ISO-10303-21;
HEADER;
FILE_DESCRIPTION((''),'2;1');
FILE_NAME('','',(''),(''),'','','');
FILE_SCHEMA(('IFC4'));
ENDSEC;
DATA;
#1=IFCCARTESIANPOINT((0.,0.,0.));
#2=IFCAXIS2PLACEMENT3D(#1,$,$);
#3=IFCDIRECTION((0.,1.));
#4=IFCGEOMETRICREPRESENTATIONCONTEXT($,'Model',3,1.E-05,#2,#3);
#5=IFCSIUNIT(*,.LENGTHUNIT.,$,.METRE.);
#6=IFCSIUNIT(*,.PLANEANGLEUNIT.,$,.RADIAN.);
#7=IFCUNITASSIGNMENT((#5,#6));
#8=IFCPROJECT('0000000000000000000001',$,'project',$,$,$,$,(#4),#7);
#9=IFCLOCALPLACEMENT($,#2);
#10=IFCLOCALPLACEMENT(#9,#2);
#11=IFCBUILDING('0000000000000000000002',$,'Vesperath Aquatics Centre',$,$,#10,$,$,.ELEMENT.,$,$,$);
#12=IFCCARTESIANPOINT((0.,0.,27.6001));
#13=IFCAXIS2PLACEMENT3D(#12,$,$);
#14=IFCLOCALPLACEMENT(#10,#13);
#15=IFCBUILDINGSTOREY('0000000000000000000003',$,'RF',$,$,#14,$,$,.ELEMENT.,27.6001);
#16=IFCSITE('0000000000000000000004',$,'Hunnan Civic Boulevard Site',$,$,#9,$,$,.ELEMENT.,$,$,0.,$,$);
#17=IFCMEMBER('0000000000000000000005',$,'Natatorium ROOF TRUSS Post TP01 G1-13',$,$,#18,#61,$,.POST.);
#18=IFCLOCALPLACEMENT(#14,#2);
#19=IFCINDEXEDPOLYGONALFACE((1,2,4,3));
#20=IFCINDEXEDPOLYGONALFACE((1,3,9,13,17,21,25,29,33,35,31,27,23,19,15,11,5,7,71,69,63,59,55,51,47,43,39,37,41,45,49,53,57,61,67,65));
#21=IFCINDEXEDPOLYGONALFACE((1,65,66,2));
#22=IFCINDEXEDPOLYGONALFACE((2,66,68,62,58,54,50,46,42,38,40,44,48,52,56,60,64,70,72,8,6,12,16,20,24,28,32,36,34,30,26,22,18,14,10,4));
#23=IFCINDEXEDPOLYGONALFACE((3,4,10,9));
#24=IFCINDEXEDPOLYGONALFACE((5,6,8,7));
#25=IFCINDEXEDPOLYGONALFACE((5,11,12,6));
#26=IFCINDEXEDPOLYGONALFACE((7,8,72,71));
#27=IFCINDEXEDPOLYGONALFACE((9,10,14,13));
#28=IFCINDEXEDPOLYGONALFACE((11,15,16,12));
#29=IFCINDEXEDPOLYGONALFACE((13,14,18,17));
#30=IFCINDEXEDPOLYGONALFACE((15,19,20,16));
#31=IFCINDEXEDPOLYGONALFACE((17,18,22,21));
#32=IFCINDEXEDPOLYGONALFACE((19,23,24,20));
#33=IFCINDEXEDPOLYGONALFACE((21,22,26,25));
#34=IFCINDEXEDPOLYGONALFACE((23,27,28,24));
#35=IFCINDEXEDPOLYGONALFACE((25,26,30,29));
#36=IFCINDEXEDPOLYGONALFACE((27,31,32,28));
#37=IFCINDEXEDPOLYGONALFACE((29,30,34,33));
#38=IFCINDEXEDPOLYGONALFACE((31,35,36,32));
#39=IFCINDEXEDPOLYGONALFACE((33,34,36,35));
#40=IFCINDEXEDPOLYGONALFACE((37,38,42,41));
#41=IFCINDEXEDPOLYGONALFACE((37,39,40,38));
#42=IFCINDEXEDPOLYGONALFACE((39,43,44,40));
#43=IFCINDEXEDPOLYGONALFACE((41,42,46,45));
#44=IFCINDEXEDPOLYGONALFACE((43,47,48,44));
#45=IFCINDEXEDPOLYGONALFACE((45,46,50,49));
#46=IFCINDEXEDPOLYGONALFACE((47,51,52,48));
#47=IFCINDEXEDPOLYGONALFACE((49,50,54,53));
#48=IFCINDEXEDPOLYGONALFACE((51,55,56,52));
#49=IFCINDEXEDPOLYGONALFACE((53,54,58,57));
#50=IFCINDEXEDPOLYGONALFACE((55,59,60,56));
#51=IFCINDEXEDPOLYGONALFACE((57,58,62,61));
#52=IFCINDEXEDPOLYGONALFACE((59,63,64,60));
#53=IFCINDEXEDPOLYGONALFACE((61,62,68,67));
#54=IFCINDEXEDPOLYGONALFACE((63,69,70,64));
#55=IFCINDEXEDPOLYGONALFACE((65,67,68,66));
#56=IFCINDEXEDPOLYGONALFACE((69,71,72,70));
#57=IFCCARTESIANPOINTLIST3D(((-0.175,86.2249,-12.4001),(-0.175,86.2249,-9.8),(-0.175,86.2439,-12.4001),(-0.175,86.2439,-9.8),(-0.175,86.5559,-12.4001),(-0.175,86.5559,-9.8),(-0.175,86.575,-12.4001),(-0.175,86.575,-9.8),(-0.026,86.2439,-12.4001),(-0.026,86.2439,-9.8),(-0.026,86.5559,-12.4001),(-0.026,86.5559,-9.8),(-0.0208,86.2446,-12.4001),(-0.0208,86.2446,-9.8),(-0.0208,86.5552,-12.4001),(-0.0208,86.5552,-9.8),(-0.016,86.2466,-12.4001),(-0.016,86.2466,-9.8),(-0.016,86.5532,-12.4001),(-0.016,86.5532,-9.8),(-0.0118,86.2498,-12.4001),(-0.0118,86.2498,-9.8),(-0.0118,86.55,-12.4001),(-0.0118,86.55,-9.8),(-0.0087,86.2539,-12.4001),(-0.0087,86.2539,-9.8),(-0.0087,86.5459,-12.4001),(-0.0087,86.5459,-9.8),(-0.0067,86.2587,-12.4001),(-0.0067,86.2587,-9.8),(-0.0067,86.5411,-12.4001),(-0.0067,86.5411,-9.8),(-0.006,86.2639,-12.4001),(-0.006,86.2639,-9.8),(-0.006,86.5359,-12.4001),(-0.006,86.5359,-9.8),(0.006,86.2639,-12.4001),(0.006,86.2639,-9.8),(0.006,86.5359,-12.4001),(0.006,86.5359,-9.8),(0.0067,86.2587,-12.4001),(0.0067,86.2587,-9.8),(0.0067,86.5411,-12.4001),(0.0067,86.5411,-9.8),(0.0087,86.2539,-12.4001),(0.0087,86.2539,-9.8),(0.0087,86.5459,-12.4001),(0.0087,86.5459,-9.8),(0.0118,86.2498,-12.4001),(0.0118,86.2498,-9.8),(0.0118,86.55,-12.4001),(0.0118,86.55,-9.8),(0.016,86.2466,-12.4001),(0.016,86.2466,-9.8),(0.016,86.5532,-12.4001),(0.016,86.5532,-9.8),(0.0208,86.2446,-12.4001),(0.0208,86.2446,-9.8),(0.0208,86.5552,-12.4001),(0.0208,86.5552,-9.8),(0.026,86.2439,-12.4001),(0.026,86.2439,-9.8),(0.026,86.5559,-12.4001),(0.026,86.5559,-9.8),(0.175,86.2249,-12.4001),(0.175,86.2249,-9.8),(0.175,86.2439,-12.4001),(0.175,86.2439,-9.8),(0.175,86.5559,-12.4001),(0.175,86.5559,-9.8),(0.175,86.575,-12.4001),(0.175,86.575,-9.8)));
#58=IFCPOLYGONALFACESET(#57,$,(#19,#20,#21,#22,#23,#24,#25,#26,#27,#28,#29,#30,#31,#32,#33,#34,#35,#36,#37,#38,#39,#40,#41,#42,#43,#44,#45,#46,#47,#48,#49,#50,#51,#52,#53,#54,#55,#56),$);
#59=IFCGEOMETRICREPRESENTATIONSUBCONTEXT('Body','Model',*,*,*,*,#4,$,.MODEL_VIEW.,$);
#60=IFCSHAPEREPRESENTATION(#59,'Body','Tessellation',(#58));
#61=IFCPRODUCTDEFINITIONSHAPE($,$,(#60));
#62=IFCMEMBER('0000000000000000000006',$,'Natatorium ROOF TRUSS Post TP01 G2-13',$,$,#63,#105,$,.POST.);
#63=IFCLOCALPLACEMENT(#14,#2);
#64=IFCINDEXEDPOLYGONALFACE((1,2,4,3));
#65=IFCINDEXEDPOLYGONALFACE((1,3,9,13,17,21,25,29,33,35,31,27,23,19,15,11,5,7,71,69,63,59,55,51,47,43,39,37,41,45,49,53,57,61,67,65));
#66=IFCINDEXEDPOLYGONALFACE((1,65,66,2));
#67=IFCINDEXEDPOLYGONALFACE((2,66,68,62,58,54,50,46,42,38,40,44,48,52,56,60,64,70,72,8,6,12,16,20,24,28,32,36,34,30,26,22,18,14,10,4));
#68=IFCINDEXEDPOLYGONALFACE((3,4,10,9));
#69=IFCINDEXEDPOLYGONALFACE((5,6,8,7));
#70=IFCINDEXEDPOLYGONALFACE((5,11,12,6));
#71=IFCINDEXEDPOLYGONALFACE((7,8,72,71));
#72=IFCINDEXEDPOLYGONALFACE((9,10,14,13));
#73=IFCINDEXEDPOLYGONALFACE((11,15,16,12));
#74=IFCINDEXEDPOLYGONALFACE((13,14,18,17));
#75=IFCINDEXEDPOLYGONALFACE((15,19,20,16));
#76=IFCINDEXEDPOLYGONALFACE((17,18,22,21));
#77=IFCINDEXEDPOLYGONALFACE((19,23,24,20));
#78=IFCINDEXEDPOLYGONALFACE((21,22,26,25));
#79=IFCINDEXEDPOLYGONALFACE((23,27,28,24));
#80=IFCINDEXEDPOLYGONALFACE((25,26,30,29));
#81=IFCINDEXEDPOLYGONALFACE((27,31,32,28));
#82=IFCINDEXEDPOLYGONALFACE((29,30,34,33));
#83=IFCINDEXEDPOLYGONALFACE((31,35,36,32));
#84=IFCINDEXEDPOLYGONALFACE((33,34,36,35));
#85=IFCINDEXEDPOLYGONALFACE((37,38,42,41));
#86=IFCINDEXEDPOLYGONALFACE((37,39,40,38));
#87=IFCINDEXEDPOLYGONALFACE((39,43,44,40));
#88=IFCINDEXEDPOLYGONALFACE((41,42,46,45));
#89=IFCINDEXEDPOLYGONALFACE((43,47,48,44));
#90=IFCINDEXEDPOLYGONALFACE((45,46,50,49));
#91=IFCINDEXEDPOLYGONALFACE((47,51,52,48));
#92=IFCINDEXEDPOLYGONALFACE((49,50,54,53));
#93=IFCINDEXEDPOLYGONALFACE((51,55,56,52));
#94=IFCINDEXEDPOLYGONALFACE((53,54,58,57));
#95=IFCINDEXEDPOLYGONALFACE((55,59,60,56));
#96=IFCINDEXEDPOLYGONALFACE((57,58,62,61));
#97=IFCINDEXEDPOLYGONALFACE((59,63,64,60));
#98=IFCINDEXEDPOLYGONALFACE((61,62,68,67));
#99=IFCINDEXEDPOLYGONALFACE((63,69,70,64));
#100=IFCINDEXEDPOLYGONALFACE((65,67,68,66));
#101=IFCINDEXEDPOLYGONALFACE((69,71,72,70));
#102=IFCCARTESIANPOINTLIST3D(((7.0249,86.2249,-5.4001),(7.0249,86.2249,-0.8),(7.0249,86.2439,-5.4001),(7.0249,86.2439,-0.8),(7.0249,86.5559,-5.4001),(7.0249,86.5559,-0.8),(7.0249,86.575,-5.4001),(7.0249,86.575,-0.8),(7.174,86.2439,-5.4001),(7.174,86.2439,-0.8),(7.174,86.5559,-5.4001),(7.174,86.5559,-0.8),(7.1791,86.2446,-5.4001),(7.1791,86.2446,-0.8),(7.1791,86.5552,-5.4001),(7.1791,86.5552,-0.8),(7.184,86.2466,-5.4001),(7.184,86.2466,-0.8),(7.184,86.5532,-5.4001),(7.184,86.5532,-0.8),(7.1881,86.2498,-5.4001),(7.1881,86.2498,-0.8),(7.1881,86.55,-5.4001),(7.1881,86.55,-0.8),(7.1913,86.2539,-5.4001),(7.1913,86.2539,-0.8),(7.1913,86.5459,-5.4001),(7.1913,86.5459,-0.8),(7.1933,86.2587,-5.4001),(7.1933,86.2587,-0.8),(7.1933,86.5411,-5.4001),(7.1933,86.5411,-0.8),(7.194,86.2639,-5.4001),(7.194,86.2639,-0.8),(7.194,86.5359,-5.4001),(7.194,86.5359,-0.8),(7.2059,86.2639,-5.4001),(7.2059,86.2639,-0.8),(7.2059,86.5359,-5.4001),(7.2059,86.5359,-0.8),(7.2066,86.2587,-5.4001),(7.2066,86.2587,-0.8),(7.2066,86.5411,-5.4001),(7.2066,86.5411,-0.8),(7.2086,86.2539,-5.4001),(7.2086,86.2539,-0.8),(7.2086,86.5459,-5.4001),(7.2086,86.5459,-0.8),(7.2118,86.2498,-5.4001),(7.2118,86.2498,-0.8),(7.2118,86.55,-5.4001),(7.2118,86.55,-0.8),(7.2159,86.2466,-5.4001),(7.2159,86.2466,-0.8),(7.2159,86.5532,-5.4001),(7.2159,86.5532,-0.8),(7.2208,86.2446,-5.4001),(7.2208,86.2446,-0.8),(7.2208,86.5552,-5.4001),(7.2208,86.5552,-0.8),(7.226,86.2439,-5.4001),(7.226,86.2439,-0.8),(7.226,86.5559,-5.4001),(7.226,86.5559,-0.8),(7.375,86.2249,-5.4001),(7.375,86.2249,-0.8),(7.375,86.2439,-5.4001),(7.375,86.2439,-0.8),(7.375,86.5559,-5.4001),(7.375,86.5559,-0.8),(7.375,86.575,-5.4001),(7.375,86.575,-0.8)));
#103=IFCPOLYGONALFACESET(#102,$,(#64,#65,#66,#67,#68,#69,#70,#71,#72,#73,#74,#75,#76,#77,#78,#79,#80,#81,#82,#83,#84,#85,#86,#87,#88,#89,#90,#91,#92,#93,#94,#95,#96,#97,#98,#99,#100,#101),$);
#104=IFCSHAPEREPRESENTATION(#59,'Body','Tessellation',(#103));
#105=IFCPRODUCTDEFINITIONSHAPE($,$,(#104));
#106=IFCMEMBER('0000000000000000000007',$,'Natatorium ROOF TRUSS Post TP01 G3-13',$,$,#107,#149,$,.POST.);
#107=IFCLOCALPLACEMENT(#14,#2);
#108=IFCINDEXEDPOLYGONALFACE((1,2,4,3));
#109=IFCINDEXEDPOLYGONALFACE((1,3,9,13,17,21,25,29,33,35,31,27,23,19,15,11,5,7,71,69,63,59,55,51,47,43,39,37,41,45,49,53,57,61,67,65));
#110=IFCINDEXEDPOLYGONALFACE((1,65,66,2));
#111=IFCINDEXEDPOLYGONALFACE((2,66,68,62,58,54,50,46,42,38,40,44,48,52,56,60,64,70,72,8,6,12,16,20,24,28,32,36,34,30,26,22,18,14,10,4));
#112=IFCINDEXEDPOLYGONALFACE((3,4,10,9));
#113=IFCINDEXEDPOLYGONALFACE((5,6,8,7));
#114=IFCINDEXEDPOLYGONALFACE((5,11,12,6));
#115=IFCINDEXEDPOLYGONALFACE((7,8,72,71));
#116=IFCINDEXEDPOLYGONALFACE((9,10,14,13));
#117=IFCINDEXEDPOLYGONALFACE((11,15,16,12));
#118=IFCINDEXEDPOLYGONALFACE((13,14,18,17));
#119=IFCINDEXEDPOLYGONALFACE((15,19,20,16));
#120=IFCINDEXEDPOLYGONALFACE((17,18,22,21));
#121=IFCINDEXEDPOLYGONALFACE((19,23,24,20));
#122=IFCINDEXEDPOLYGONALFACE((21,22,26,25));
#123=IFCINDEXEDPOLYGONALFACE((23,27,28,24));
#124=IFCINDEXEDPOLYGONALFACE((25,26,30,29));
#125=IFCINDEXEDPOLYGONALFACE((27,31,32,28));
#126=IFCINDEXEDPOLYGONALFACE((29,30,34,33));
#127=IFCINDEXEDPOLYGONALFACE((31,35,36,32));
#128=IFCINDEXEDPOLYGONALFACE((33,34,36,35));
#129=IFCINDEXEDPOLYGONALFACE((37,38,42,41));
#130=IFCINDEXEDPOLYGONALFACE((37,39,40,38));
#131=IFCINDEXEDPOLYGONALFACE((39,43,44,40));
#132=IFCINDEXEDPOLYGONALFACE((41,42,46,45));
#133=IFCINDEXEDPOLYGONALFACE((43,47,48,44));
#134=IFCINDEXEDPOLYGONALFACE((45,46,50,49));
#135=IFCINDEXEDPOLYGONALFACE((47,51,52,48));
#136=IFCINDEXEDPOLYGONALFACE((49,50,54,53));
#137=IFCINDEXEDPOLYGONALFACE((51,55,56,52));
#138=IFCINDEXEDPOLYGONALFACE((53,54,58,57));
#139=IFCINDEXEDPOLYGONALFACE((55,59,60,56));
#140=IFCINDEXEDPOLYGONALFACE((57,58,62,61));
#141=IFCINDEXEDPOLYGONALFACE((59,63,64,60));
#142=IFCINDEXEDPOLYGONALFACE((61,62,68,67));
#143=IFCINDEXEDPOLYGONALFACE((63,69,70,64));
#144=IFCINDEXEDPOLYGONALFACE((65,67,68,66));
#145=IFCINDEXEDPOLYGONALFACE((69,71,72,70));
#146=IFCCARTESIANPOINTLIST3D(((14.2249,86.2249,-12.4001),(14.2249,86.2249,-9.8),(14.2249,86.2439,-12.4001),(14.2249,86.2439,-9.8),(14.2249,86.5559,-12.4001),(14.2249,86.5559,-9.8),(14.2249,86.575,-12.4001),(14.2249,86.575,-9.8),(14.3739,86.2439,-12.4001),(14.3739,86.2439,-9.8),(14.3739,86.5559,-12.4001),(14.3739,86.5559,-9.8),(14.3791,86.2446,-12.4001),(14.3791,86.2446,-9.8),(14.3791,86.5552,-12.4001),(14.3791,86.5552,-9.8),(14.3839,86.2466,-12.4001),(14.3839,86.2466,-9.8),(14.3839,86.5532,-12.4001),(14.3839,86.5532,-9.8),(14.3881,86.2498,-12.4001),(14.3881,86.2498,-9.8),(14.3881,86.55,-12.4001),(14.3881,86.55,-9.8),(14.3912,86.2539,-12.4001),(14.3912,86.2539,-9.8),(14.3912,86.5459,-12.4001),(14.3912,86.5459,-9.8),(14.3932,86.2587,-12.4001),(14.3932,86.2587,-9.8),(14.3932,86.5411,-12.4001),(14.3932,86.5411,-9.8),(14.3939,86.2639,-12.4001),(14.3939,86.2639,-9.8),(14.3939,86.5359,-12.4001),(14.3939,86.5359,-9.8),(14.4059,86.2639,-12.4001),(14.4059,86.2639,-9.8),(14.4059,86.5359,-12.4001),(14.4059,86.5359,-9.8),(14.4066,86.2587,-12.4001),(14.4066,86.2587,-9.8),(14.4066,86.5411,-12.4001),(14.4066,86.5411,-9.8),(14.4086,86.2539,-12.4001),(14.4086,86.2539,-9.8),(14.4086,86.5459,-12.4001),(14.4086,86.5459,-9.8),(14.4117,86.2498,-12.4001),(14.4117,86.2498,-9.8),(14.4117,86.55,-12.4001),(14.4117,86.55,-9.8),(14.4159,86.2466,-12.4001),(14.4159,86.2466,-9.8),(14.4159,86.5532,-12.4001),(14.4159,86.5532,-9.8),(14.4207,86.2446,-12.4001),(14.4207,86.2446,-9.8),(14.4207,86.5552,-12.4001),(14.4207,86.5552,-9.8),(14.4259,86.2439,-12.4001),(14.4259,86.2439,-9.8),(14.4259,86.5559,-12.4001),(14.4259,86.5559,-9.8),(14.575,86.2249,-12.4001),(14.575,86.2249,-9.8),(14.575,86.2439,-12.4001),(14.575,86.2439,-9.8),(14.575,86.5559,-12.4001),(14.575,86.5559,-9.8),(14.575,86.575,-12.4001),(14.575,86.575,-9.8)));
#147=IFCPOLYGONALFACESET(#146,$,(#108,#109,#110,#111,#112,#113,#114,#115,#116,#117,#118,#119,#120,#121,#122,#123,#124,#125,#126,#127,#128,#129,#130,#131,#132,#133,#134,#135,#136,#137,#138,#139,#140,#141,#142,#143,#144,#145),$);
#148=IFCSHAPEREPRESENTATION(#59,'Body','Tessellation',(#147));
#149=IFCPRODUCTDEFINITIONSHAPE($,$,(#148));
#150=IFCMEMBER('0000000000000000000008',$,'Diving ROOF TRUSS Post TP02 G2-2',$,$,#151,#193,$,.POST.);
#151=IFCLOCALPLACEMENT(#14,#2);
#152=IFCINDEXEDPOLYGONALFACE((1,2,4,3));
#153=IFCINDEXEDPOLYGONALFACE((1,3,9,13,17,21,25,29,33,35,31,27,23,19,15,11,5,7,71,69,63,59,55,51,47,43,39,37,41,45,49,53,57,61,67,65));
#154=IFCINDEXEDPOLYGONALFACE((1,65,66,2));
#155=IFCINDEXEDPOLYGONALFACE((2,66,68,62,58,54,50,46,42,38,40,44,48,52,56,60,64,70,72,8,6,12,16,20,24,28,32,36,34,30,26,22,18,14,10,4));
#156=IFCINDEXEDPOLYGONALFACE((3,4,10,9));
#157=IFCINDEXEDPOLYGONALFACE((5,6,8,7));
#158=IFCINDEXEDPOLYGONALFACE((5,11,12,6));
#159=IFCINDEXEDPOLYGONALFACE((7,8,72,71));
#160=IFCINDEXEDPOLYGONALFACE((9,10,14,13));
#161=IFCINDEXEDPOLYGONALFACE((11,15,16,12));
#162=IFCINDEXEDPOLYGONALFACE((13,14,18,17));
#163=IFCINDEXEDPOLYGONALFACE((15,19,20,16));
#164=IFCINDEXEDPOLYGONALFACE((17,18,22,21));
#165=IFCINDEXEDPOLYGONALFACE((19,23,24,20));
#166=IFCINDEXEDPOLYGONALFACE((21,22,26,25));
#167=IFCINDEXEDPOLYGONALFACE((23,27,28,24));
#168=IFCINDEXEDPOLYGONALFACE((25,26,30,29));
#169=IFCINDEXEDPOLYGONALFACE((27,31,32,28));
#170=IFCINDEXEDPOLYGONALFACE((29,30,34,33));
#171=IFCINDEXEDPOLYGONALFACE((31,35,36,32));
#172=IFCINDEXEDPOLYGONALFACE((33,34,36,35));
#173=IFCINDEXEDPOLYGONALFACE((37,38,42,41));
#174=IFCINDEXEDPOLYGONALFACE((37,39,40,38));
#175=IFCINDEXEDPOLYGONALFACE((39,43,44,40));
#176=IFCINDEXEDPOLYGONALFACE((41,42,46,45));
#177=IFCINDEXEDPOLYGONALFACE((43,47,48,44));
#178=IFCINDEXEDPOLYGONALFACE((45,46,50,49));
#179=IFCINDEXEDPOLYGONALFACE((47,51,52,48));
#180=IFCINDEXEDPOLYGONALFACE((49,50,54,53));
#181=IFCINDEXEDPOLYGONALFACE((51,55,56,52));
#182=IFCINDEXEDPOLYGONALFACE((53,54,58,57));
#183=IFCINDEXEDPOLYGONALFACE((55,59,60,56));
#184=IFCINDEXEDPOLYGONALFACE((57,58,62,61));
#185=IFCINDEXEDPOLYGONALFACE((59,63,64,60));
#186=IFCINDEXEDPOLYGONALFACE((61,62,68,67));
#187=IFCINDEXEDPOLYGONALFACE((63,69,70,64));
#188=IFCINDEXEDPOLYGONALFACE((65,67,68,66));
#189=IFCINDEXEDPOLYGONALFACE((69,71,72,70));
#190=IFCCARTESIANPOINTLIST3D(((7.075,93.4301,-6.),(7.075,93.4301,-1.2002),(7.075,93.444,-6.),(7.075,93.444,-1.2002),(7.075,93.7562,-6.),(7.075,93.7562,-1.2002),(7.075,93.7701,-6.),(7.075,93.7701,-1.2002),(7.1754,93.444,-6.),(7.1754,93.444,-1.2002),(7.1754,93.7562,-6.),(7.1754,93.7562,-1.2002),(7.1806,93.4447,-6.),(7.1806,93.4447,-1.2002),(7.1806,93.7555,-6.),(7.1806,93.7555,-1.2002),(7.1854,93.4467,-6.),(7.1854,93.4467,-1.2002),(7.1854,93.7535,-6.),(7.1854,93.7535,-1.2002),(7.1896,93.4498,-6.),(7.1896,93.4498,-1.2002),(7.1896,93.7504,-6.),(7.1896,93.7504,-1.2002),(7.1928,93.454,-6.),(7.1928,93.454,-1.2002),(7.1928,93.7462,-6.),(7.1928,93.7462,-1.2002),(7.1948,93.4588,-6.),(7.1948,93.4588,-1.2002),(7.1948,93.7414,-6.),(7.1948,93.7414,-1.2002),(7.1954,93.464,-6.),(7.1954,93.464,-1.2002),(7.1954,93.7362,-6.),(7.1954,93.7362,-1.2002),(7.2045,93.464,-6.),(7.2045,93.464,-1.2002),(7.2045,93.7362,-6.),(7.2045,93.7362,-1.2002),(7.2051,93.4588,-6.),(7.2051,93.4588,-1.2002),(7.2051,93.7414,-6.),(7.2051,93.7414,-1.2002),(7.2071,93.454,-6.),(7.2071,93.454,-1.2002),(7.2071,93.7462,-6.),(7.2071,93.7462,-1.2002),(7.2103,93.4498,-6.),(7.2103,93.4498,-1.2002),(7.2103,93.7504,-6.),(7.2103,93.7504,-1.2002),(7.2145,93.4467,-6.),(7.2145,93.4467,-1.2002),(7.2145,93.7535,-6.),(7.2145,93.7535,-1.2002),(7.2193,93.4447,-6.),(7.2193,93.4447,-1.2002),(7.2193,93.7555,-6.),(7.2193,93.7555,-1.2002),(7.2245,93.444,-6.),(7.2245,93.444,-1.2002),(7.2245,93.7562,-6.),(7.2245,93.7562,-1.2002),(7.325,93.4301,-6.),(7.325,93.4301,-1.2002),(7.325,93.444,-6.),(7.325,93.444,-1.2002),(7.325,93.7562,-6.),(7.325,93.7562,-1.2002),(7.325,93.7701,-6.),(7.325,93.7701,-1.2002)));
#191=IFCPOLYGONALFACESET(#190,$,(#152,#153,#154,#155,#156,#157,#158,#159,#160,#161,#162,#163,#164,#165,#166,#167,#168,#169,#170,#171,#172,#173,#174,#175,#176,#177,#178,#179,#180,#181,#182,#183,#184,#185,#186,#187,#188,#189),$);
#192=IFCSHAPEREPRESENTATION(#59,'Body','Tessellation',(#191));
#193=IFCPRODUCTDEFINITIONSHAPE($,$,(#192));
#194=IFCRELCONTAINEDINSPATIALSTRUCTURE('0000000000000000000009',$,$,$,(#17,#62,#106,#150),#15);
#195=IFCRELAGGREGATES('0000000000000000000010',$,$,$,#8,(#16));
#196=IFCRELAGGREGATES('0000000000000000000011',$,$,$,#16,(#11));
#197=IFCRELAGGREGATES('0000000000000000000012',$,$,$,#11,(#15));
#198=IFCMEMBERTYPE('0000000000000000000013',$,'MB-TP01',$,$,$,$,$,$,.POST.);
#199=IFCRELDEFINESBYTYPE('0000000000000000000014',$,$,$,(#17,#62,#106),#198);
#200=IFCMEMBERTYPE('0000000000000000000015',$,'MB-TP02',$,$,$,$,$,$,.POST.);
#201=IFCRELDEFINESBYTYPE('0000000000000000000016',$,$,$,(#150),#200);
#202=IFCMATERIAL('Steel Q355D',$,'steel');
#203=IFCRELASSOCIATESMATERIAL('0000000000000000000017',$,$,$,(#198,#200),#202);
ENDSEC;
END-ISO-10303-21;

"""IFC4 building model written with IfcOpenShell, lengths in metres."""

from ifc_helpers import new_model, si_unit, direction, frame, origin, origin_2d, place, context, subcontext, project, spatial, i_section, extrude, material, material_profile, profile_set, type_object, element, save


model = new_model("IFC4")

# Units and contexts
model_context = context("Model", 3, precision=1e-05, world=origin(), true_north=direction((0.0, 1.0)))
body_context = subcontext(model_context, "Body", "Model", "MODEL_VIEW")
ifc_project = project(units=[si_unit("LENGTHUNIT", "METRE"), si_unit("PLANEANGLEUNIT", "RADIAN")], contexts=[model_context])

# Site, building, storey
site_placement = place(None, origin())
site = spatial("IfcSite", under=ifc_project, at=site_placement, Name="Hunnan Civic Boulevard Site", CompositionType="ELEMENT", RefElevation=0.0)
building_placement = place(site_placement, origin())
building = spatial("IfcBuilding", under=site, at=building_placement, Name="Vesperath Aquatics Centre", CompositionType="ELEMENT")
storey_placement = place(building_placement, frame((0.0, 0.0, 27.6001)))
storey = spatial("IfcBuildingStorey", under=building, at=storey_placement, Name="RF", CompositionType="ELEMENT", Elevation=27.6001)

# Members
ifc_material_1 = material(Name="Steel Q355D", Category="steel")
ifc_material_profile_1 = material_profile(ifc_material_1, i_section(OverallWidth=0.3501, OverallDepth=0.3501, WebThickness=0.012, FlangeThickness=0.019, FilletRadius=0.02, at=origin_2d()), Name="HW 350x350x12x19")
ifc_profile_set_1 = profile_set([ifc_material_profile_1], Name="Steel Q355D")
member_type_1 = type_object("IfcMemberType", Name="MB-TP01", PredefinedType="POST", material=ifc_profile_set_1)
member_1_placement = place(storey_placement, frame((0.0, 86.3999, -12.4001), z_axis=(0.0, 0.0, 1.0), x_axis=(1.0, 0.0, 0.0)))
element("IfcMember", 1, at=member_1_placement, inside=storey, type_object=member_type_1, Name="Natatorium ROOF TRUSS Post TP01 G1-13", PredefinedType="POST", context=body_context, shape_type="SweptSolid", body=[
    extrude(i_section(OverallWidth=0.3501, OverallDepth=0.3501, WebThickness=0.012, FlangeThickness=0.019, FilletRadius=0.02, at=origin_2d()), origin(), (0.0, 0.0, 1.0), 2.6001),
])
member_2_placement = place(storey_placement, frame((7.2, 86.3999, -5.4001), z_axis=(0.0, 0.0, 1.0), x_axis=(1.0, 0.0, 0.0)))
element("IfcMember", 2, at=member_2_placement, inside=storey, type_object=member_type_1, Name="Natatorium ROOF TRUSS Post TP01 G2-13", PredefinedType="POST", context=body_context, shape_type="SweptSolid", body=[
    extrude(i_section(OverallWidth=0.3501, OverallDepth=0.3501, WebThickness=0.012, FlangeThickness=0.019, FilletRadius=0.02, at=origin_2d()), origin(), (0.0, 0.0, 1.0), 4.6001),
])
member_3_placement = place(storey_placement, frame((14.3999, 86.3999, -12.4001), z_axis=(0.0, 0.0, 1.0), x_axis=(1.0, 0.0, 0.0)))
element("IfcMember", 3, at=member_3_placement, inside=storey, type_object=member_type_1, Name="Natatorium ROOF TRUSS Post TP01 G3-13", PredefinedType="POST", context=body_context, shape_type="SweptSolid", body=[
    extrude(i_section(OverallWidth=0.3501, OverallDepth=0.3501, WebThickness=0.012, FlangeThickness=0.019, FilletRadius=0.02, at=origin_2d()), origin(), (0.0, 0.0, 1.0), 2.6001),
])
ifc_material_profile_2 = material_profile(ifc_material_1, i_section(OverallWidth=0.25, OverallDepth=0.3401, WebThickness=0.009, FlangeThickness=0.0139, FilletRadius=0.02, at=origin_2d()), Name="HM 340x250x9x14")
ifc_profile_set_2 = profile_set([ifc_material_profile_2], Name="Steel Q355D")
member_type_2 = type_object("IfcMemberType", Name="MB-TP02", PredefinedType="POST", material=ifc_profile_set_2)
member_4_placement = place(storey_placement, frame((7.2, 93.6001, -6.0), z_axis=(0.0, 0.0, 1.0), x_axis=(1.0, 0.0, 0.0)))
element("IfcMember", 4, at=member_4_placement, inside=storey, type_object=member_type_2, Name="Diving ROOF TRUSS Post TP02 G2-2", PredefinedType="POST", context=body_context, shape_type="SweptSolid", body=[
    extrude(i_section(OverallWidth=0.25, OverallDepth=0.3401, WebThickness=0.009, FlangeThickness=0.0139, FilletRadius=0.02, at=origin_2d()), origin(), (0.0, 0.0, 1.0), 4.7998),
])

save(model, "model.ifc")
